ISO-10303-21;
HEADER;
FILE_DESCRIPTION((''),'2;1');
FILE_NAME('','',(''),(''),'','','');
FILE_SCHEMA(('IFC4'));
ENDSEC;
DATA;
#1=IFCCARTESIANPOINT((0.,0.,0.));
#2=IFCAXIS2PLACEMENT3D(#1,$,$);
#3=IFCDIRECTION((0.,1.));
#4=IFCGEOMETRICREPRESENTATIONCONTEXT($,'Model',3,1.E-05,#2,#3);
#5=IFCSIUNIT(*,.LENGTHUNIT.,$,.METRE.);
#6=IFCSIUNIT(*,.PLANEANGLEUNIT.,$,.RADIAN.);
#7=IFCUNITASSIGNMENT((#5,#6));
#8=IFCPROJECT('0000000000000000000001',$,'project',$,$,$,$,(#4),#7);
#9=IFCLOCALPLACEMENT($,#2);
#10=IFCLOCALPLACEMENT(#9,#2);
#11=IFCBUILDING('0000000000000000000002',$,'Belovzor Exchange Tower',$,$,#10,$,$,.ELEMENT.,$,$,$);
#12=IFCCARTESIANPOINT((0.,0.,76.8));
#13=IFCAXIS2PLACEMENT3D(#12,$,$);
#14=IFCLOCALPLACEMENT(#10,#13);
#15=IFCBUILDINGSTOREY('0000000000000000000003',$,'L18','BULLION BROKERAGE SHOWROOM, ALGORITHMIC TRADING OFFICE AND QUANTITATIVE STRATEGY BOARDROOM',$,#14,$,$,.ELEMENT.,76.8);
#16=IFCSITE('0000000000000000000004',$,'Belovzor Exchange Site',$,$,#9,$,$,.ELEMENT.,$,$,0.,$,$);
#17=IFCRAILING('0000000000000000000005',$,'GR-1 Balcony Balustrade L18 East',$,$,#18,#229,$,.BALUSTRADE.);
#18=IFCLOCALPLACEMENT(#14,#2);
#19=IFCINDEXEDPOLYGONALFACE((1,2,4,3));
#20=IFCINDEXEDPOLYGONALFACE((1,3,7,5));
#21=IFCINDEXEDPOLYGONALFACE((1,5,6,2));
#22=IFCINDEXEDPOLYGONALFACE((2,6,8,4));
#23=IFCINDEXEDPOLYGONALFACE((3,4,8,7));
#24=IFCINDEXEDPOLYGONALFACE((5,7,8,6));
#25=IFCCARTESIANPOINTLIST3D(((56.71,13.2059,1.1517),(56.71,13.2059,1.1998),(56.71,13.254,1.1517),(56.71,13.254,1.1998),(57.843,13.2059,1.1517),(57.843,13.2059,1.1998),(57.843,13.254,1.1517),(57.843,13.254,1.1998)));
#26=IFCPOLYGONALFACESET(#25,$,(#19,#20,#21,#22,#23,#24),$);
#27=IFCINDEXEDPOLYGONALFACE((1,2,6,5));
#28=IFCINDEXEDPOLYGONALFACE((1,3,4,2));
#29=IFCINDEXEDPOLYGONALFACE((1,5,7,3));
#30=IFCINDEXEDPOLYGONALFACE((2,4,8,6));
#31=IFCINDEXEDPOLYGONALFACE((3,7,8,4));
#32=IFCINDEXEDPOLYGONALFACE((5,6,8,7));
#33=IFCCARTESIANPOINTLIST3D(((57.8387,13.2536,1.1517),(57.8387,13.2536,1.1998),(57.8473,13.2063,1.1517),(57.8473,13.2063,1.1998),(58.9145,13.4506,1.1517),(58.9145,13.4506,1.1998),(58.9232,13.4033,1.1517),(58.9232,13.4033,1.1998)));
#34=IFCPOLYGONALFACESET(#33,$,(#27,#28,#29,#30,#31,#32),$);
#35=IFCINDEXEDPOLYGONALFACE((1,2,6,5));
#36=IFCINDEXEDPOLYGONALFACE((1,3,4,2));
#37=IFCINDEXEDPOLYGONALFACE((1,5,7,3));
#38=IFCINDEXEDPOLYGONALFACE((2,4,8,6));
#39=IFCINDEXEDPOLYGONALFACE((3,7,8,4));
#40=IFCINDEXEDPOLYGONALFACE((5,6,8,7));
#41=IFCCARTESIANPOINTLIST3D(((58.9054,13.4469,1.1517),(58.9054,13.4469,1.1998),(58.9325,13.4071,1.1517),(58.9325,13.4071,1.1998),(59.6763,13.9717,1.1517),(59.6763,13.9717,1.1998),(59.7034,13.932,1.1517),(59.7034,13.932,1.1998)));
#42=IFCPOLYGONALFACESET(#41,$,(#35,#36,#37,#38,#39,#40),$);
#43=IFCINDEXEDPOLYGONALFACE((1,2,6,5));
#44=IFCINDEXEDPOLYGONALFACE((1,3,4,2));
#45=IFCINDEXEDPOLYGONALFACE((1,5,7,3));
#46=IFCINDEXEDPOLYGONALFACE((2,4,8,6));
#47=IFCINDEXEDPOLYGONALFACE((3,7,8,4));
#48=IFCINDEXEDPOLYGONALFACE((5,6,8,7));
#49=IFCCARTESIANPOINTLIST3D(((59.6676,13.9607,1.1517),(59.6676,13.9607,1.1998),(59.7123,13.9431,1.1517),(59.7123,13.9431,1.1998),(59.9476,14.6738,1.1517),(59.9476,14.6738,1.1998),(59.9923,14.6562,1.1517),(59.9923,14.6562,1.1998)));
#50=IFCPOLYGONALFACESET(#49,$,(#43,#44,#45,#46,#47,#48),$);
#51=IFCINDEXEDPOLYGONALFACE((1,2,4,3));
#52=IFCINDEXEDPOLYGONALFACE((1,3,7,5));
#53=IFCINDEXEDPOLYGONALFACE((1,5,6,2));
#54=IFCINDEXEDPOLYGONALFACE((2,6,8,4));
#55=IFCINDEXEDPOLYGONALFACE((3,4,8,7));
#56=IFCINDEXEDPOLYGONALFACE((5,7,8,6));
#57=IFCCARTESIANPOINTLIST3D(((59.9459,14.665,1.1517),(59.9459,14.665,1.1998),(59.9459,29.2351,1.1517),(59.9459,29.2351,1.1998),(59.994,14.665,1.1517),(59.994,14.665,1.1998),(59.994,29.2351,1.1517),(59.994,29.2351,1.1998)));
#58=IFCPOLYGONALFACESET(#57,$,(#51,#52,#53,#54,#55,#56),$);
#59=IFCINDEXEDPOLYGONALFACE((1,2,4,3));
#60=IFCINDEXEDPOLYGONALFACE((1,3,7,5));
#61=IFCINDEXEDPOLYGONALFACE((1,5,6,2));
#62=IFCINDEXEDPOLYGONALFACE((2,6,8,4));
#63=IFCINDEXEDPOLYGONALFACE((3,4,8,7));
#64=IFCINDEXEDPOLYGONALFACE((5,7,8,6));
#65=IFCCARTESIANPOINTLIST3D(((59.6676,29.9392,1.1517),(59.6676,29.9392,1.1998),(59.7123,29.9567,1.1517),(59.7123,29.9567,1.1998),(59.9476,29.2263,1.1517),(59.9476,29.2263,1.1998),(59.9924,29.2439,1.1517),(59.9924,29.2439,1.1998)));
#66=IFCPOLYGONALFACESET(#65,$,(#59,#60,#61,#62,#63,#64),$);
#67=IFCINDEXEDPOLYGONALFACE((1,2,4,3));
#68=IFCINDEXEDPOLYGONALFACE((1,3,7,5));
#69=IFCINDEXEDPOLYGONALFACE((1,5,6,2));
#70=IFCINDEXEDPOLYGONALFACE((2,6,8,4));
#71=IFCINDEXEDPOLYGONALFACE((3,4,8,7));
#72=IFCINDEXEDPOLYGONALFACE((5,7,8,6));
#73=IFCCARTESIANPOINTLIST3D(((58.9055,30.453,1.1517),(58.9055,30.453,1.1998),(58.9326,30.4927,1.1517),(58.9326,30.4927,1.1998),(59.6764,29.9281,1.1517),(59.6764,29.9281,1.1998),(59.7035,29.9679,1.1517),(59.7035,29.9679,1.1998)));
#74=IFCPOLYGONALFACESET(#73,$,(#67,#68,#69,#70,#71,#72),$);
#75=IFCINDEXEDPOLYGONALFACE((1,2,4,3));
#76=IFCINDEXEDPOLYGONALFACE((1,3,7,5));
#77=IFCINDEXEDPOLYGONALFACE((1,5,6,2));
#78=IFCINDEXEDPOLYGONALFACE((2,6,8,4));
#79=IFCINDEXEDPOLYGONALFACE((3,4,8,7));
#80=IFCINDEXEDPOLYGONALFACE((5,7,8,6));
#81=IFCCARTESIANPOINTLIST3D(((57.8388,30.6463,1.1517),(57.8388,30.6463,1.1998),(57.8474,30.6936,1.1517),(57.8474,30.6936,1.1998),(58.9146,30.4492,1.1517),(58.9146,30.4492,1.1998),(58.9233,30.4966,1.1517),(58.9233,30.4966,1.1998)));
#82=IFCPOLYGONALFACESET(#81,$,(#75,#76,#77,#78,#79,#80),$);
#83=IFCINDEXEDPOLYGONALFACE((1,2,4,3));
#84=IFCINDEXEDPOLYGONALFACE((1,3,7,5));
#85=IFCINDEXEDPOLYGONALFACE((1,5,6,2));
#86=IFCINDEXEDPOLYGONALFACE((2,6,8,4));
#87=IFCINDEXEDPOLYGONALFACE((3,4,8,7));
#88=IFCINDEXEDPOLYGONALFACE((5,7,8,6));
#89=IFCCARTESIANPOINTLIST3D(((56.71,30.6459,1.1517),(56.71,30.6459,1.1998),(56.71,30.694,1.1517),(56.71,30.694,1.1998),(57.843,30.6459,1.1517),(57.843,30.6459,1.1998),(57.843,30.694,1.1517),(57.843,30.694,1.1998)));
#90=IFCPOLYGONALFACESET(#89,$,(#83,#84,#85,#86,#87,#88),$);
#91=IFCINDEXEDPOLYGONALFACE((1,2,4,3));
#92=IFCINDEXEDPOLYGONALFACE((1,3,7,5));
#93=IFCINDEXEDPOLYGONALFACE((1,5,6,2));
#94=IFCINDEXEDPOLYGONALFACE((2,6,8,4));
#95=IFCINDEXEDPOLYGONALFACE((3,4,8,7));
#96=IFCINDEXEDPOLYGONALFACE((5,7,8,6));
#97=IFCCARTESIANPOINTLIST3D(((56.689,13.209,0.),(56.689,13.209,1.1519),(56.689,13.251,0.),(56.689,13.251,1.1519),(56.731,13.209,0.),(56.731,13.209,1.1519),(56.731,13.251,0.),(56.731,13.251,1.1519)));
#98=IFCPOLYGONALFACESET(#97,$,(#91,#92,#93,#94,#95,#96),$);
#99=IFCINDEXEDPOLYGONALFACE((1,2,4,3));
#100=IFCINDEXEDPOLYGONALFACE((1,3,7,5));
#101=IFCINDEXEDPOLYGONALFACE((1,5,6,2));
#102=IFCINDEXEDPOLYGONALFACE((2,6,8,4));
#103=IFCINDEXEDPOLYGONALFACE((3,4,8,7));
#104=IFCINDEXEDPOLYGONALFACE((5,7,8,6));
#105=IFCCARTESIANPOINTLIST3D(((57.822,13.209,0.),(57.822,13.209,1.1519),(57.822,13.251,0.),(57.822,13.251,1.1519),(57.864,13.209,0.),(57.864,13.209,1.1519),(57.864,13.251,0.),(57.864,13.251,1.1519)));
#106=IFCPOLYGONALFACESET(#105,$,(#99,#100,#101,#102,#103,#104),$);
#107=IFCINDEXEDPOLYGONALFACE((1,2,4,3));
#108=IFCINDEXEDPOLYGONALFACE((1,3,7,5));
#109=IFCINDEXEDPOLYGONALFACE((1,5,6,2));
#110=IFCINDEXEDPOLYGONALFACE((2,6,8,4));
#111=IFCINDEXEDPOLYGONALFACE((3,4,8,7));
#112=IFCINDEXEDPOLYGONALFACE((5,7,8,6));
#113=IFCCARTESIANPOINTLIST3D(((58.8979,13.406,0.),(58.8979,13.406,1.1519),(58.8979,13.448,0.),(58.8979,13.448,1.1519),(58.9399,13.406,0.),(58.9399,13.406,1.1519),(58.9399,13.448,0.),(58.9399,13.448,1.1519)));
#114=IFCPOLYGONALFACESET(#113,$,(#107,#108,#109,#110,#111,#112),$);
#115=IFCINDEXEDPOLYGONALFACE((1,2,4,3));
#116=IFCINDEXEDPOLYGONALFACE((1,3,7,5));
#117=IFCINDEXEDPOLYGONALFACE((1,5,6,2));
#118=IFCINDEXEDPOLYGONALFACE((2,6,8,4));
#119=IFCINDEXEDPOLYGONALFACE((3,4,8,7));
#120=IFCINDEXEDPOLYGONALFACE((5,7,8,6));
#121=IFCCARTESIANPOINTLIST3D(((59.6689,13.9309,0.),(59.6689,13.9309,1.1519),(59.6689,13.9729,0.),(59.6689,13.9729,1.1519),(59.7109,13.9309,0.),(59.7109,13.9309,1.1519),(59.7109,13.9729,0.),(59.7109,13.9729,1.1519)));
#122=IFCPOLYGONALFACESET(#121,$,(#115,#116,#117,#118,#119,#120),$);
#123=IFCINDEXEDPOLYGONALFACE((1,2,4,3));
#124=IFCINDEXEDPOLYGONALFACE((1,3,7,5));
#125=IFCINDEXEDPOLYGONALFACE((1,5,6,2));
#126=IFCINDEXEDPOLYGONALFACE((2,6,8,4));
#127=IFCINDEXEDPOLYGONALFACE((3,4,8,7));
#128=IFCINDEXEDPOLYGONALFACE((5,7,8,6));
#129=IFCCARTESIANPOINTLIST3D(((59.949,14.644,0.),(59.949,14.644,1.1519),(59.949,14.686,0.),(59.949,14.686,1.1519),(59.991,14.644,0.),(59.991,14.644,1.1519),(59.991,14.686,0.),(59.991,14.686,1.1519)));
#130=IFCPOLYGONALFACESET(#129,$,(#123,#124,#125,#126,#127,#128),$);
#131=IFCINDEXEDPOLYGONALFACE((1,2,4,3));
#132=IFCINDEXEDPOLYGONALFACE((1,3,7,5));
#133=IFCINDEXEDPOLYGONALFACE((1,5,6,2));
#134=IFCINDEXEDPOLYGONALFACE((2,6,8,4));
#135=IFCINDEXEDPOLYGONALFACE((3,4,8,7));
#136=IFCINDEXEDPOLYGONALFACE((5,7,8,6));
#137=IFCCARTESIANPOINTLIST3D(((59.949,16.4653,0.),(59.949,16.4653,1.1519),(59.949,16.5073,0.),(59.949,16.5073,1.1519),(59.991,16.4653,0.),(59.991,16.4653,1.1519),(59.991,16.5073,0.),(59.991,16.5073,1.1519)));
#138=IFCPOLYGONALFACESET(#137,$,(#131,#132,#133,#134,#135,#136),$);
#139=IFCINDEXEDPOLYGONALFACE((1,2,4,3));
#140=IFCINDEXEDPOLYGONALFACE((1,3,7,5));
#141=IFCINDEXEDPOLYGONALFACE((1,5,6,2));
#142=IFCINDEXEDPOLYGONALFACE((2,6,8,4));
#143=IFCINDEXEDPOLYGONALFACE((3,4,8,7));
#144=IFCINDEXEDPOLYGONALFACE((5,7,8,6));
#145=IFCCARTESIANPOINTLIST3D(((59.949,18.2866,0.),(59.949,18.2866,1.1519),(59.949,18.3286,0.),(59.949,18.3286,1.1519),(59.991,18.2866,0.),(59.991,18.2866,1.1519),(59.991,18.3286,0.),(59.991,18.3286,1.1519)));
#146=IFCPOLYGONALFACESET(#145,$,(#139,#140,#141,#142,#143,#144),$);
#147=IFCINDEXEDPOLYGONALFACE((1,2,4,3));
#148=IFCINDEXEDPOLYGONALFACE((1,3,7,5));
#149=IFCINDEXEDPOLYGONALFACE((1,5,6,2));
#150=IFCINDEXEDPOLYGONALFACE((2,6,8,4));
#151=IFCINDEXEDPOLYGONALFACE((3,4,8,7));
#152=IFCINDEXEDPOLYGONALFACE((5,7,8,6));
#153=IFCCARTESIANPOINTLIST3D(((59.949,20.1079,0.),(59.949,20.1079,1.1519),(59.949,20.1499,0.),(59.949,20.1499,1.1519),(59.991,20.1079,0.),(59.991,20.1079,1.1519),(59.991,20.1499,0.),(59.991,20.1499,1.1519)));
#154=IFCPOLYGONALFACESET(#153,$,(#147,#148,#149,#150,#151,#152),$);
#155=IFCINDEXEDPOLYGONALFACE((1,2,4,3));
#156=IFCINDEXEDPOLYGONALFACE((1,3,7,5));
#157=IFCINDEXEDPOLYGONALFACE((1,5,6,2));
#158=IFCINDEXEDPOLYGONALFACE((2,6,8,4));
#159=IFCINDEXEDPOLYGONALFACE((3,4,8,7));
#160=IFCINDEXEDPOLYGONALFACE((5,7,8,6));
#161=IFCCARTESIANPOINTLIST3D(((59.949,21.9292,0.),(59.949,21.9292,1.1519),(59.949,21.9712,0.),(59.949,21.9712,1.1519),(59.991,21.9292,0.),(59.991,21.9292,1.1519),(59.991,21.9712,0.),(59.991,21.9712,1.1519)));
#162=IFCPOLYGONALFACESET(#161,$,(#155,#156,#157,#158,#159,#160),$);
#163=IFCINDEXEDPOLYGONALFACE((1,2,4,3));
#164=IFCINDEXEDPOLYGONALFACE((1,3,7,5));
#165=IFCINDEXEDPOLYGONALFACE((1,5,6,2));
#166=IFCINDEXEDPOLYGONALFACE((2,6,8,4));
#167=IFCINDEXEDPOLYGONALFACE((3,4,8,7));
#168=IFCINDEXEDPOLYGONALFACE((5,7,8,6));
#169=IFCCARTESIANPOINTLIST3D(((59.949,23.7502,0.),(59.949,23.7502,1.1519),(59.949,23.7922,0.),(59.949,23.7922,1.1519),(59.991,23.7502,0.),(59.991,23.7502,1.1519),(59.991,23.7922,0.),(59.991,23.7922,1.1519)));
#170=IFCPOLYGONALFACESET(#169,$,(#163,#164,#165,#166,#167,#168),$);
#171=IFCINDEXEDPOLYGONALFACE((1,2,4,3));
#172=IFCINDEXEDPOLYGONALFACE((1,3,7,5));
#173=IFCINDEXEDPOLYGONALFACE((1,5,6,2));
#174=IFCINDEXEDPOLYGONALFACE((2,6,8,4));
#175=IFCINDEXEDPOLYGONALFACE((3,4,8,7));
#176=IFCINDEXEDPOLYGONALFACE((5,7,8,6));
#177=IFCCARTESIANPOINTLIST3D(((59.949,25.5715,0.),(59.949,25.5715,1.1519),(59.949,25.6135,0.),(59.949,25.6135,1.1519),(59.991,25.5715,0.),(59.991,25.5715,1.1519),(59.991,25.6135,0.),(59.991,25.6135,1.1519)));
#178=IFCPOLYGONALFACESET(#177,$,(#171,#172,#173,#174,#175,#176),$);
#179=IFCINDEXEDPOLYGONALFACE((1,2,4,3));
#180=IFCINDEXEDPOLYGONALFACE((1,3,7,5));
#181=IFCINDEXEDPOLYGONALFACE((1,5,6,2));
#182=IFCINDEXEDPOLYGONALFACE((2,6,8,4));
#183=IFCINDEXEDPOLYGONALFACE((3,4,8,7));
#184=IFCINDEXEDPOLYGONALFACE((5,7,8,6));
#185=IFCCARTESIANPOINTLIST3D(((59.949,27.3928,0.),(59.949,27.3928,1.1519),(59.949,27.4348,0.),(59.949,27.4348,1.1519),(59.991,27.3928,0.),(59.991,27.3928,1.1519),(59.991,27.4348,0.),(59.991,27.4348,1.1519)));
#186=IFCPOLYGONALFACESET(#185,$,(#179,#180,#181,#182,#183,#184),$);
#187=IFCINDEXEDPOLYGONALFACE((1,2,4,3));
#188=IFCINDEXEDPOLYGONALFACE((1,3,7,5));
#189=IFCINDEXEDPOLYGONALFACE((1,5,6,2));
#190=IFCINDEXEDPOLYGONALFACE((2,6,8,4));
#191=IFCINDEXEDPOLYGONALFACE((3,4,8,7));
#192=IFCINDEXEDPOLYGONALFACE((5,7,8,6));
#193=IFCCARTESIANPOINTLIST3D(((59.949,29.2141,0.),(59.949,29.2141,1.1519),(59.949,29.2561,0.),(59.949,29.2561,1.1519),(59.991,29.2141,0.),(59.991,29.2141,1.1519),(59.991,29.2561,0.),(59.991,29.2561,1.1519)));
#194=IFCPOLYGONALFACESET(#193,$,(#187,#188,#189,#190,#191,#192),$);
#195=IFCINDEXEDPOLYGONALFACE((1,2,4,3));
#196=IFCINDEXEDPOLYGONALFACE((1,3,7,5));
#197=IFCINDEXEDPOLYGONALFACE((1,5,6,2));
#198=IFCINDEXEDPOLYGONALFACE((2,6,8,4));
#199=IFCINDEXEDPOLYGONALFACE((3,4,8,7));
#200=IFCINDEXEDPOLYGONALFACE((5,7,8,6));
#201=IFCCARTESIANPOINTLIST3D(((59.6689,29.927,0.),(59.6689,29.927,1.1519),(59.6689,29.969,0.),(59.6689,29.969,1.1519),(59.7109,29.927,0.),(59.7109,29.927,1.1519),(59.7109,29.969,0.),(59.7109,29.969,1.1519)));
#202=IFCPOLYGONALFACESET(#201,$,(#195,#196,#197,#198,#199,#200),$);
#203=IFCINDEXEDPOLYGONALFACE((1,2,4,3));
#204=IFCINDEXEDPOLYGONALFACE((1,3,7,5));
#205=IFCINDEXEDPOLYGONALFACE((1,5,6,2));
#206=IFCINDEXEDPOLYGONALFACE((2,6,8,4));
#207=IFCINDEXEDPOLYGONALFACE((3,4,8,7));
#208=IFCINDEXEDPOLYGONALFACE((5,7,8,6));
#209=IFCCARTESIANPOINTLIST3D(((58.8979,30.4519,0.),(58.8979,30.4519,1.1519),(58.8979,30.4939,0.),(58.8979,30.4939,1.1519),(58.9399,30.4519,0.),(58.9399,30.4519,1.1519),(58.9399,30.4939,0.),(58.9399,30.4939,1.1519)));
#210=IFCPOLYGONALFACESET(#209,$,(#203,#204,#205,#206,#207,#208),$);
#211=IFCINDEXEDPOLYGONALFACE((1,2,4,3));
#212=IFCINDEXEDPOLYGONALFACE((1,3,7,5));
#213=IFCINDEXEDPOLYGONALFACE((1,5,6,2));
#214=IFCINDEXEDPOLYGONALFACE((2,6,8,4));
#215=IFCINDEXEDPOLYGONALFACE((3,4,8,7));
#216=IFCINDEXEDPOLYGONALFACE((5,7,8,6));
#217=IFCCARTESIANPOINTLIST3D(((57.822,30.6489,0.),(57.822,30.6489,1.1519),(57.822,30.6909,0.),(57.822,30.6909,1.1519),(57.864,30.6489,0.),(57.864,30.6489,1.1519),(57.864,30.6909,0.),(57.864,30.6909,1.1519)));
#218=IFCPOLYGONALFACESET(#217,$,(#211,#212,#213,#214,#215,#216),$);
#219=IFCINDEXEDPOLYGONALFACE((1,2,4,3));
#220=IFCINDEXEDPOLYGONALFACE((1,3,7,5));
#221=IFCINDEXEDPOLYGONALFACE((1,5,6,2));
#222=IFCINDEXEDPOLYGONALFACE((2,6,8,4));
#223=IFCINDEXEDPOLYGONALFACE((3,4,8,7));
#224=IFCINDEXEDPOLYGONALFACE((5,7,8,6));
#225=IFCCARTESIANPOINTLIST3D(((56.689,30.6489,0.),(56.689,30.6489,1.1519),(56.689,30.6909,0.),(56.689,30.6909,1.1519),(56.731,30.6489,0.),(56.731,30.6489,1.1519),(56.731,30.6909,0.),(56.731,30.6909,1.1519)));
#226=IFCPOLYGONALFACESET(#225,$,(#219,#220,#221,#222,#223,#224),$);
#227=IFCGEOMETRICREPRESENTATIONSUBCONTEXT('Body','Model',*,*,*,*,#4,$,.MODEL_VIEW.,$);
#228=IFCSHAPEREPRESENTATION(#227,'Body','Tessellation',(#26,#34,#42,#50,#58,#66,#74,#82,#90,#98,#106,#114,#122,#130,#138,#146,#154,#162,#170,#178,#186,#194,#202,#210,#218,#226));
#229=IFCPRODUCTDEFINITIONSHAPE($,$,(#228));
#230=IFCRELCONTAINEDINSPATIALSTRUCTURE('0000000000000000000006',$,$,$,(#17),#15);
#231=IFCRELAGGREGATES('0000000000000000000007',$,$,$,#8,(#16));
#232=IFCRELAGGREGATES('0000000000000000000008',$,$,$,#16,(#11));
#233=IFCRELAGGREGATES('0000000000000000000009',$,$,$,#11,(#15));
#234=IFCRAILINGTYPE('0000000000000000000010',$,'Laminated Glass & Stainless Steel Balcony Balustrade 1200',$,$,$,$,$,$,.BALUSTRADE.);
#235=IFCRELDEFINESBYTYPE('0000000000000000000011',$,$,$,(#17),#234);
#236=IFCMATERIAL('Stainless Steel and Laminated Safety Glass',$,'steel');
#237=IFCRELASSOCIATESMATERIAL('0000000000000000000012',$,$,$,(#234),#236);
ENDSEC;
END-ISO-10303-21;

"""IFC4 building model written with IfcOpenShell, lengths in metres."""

from ifc_helpers import new_model, si_unit, direction, frame, origin, origin_2d, place, context, subcontext, project, spatial, rectangle, extrude, material, type_object, element, save


model = new_model("IFC4")

# Units and contexts
model_context = context("Model", 3, precision=1e-05, world=origin(), true_north=direction((0.0, 1.0)))
body_context = subcontext(model_context, "Body", "Model", "MODEL_VIEW")
ifc_project = project(units=[si_unit("LENGTHUNIT", "METRE"), si_unit("PLANEANGLEUNIT", "RADIAN")], contexts=[model_context])

# Site, building, storey
site_placement = place(None, origin())
site = spatial("IfcSite", under=ifc_project, at=site_placement, Name="Belovzor Exchange Site", CompositionType="ELEMENT", RefElevation=0.0)
building_placement = place(site_placement, origin())
building = spatial("IfcBuilding", under=site, at=building_placement, Name="Belovzor Exchange Tower", CompositionType="ELEMENT")
storey_placement = place(building_placement, frame((0.0, 0.0, 76.8)))
storey = spatial("IfcBuildingStorey", under=building, at=storey_placement, Name="L18", Description="BULLION BROKERAGE SHOWROOM, ALGORITHMIC TRADING OFFICE AND QUANTITATIVE STRATEGY BOARDROOM", CompositionType="ELEMENT", Elevation=76.8)

# Railing
ifc_material_1 = material(Name="Stainless Steel and Laminated Safety Glass", Category="steel")
railing_type = type_object("IfcRailingType", Name="Laminated Glass & Stainless Steel Balcony Balustrade 1200", PredefinedType="BALUSTRADE", material=ifc_material_1)
railing_placement = place(storey_placement, frame((56.71, 13.23, 0.0)))
element("IfcRailing", 1, at=railing_placement, inside=storey, type_object=railing_type, Name="GR-1 Balcony Balustrade L18 East", PredefinedType="BALUSTRADE", context=body_context, shape_type="SweptSolid", body=[
    extrude(rectangle(XDim=0.0481, YDim=0.0481, at=origin_2d()), frame((0.0, 0.0, 1.1758), z_axis=(1.0, 0.0, 0.0), x_axis=(0.0, 1.0, 0.0)), (0.0, 0.0, 1.0), 1.1331),
    extrude(rectangle(XDim=0.0481, YDim=0.0481, at=origin_2d()), frame((1.1331, 0.0, 1.1758), z_axis=(0.983644, 0.180123, 0.0), x_axis=(-0.180123, 0.983644, 0.0)), (0.0, 0.0, 1.0), 1.0938),
    extrude(rectangle(XDim=0.0481, YDim=0.0481, at=origin_2d()), frame((2.209, 0.197, 1.1758), z_axis=(0.826615, 0.562768, 0.0), x_axis=(-0.562768, 0.826615, 0.0)), (0.0, 0.0, 1.0), 0.9326),
    extrude(rectangle(XDim=0.0481, YDim=0.0481, at=origin_2d()), frame((2.98, 0.7219, 1.1758), z_axis=(0.365504, 0.93081, 0.0), x_axis=(-0.93081, 0.365504, 0.0)), (0.0, 0.0, 1.0), 0.7661),
    extrude(rectangle(XDim=0.0481, YDim=0.0481, at=origin_2d()), frame((3.26, 1.4351, 1.1758), z_axis=(0.0, 1.0, 0.0), x_axis=(-1.0, 0.0, 0.0)), (0.0, 0.0, 1.0), 14.5701),
    extrude(rectangle(XDim=0.0481, YDim=0.0481, at=origin_2d()), frame((3.26, 16.0051, 1.1758), z_axis=(-0.365613, 0.930767, 0.0), x_axis=(-0.930767, -0.365613, 0.0)), (0.0, 0.0, 1.0), 0.7659),
    extrude(rectangle(XDim=0.0481, YDim=0.0481, at=origin_2d()), frame((2.98, 16.718, 1.1758), z_axis=(-0.826615, 0.562768, 0.0), x_axis=(-0.562768, -0.826615, 0.0)), (0.0, 0.0, 1.0), 0.9326),
    extrude(rectangle(XDim=0.0481, YDim=0.0481, at=origin_2d()), frame((2.209, 17.2429, 1.1758), z_axis=(-0.983644, 0.180123, 0.0), x_axis=(-0.180123, -0.983644, 0.0)), (0.0, 0.0, 1.0), 1.0938),
    extrude(rectangle(XDim=0.0481, YDim=0.0481, at=origin_2d()), frame((1.1331, 17.4399, 1.1758), z_axis=(-1.0, 0.0, 0.0), x_axis=(0.0, -1.0, 0.0)), (0.0, 0.0, 1.0), 1.1331),
    extrude(rectangle(XDim=0.042, YDim=0.042, at=origin_2d()), origin(), (0.0, 0.0, 1.0), 1.1519),
    extrude(rectangle(XDim=0.042, YDim=0.042, at=origin_2d()), frame((1.1331, 0.0, 0.0)), (0.0, 0.0, 1.0), 1.1519),
    extrude(rectangle(XDim=0.042, YDim=0.042, at=origin_2d()), frame((2.209, 0.197, 0.0)), (0.0, 0.0, 1.0), 1.1519),
    extrude(rectangle(XDim=0.042, YDim=0.042, at=origin_2d()), frame((2.98, 0.7219, 0.0)), (0.0, 0.0, 1.0), 1.1519),
    extrude(rectangle(XDim=0.042, YDim=0.042, at=origin_2d()), frame((3.26, 1.4351, 0.0)), (0.0, 0.0, 1.0), 1.1519),
    extrude(rectangle(XDim=0.042, YDim=0.042, at=origin_2d()), frame((3.26, 3.2563, 0.0)), (0.0, 0.0, 1.0), 1.1519),
    extrude(rectangle(XDim=0.042, YDim=0.042, at=origin_2d()), frame((3.26, 5.0776, 0.0)), (0.0, 0.0, 1.0), 1.1519),
    extrude(rectangle(XDim=0.042, YDim=0.042, at=origin_2d()), frame((3.26, 6.8989, 0.0)), (0.0, 0.0, 1.0), 1.1519),
    extrude(rectangle(XDim=0.042, YDim=0.042, at=origin_2d()), frame((3.26, 8.7202, 0.0)), (0.0, 0.0, 1.0), 1.1519),
    extrude(rectangle(XDim=0.042, YDim=0.042, at=origin_2d()), frame((3.26, 10.5413, 0.0)), (0.0, 0.0, 1.0), 1.1519),
    extrude(rectangle(XDim=0.042, YDim=0.042, at=origin_2d()), frame((3.26, 12.3625, 0.0)), (0.0, 0.0, 1.0), 1.1519),
    extrude(rectangle(XDim=0.042, YDim=0.042, at=origin_2d()), frame((3.26, 14.1838, 0.0)), (0.0, 0.0, 1.0), 1.1519),
    extrude(rectangle(XDim=0.042, YDim=0.042, at=origin_2d()), frame((3.26, 16.0051, 0.0)), (0.0, 0.0, 1.0), 1.1519),
    extrude(rectangle(XDim=0.042, YDim=0.042, at=origin_2d()), frame((2.98, 16.718, 0.0)), (0.0, 0.0, 1.0), 1.1519),
    extrude(rectangle(XDim=0.042, YDim=0.042, at=origin_2d()), frame((2.209, 17.2429, 0.0)), (0.0, 0.0, 1.0), 1.1519),
    extrude(rectangle(XDim=0.042, YDim=0.042, at=origin_2d()), frame((1.1331, 17.4399, 0.0)), (0.0, 0.0, 1.0), 1.1519),
    extrude(rectangle(XDim=0.042, YDim=0.042, at=origin_2d()), frame((0.0, 17.4399, 0.0)), (0.0, 0.0, 1.0), 1.1519),
])

save(model, "model.ifc")
